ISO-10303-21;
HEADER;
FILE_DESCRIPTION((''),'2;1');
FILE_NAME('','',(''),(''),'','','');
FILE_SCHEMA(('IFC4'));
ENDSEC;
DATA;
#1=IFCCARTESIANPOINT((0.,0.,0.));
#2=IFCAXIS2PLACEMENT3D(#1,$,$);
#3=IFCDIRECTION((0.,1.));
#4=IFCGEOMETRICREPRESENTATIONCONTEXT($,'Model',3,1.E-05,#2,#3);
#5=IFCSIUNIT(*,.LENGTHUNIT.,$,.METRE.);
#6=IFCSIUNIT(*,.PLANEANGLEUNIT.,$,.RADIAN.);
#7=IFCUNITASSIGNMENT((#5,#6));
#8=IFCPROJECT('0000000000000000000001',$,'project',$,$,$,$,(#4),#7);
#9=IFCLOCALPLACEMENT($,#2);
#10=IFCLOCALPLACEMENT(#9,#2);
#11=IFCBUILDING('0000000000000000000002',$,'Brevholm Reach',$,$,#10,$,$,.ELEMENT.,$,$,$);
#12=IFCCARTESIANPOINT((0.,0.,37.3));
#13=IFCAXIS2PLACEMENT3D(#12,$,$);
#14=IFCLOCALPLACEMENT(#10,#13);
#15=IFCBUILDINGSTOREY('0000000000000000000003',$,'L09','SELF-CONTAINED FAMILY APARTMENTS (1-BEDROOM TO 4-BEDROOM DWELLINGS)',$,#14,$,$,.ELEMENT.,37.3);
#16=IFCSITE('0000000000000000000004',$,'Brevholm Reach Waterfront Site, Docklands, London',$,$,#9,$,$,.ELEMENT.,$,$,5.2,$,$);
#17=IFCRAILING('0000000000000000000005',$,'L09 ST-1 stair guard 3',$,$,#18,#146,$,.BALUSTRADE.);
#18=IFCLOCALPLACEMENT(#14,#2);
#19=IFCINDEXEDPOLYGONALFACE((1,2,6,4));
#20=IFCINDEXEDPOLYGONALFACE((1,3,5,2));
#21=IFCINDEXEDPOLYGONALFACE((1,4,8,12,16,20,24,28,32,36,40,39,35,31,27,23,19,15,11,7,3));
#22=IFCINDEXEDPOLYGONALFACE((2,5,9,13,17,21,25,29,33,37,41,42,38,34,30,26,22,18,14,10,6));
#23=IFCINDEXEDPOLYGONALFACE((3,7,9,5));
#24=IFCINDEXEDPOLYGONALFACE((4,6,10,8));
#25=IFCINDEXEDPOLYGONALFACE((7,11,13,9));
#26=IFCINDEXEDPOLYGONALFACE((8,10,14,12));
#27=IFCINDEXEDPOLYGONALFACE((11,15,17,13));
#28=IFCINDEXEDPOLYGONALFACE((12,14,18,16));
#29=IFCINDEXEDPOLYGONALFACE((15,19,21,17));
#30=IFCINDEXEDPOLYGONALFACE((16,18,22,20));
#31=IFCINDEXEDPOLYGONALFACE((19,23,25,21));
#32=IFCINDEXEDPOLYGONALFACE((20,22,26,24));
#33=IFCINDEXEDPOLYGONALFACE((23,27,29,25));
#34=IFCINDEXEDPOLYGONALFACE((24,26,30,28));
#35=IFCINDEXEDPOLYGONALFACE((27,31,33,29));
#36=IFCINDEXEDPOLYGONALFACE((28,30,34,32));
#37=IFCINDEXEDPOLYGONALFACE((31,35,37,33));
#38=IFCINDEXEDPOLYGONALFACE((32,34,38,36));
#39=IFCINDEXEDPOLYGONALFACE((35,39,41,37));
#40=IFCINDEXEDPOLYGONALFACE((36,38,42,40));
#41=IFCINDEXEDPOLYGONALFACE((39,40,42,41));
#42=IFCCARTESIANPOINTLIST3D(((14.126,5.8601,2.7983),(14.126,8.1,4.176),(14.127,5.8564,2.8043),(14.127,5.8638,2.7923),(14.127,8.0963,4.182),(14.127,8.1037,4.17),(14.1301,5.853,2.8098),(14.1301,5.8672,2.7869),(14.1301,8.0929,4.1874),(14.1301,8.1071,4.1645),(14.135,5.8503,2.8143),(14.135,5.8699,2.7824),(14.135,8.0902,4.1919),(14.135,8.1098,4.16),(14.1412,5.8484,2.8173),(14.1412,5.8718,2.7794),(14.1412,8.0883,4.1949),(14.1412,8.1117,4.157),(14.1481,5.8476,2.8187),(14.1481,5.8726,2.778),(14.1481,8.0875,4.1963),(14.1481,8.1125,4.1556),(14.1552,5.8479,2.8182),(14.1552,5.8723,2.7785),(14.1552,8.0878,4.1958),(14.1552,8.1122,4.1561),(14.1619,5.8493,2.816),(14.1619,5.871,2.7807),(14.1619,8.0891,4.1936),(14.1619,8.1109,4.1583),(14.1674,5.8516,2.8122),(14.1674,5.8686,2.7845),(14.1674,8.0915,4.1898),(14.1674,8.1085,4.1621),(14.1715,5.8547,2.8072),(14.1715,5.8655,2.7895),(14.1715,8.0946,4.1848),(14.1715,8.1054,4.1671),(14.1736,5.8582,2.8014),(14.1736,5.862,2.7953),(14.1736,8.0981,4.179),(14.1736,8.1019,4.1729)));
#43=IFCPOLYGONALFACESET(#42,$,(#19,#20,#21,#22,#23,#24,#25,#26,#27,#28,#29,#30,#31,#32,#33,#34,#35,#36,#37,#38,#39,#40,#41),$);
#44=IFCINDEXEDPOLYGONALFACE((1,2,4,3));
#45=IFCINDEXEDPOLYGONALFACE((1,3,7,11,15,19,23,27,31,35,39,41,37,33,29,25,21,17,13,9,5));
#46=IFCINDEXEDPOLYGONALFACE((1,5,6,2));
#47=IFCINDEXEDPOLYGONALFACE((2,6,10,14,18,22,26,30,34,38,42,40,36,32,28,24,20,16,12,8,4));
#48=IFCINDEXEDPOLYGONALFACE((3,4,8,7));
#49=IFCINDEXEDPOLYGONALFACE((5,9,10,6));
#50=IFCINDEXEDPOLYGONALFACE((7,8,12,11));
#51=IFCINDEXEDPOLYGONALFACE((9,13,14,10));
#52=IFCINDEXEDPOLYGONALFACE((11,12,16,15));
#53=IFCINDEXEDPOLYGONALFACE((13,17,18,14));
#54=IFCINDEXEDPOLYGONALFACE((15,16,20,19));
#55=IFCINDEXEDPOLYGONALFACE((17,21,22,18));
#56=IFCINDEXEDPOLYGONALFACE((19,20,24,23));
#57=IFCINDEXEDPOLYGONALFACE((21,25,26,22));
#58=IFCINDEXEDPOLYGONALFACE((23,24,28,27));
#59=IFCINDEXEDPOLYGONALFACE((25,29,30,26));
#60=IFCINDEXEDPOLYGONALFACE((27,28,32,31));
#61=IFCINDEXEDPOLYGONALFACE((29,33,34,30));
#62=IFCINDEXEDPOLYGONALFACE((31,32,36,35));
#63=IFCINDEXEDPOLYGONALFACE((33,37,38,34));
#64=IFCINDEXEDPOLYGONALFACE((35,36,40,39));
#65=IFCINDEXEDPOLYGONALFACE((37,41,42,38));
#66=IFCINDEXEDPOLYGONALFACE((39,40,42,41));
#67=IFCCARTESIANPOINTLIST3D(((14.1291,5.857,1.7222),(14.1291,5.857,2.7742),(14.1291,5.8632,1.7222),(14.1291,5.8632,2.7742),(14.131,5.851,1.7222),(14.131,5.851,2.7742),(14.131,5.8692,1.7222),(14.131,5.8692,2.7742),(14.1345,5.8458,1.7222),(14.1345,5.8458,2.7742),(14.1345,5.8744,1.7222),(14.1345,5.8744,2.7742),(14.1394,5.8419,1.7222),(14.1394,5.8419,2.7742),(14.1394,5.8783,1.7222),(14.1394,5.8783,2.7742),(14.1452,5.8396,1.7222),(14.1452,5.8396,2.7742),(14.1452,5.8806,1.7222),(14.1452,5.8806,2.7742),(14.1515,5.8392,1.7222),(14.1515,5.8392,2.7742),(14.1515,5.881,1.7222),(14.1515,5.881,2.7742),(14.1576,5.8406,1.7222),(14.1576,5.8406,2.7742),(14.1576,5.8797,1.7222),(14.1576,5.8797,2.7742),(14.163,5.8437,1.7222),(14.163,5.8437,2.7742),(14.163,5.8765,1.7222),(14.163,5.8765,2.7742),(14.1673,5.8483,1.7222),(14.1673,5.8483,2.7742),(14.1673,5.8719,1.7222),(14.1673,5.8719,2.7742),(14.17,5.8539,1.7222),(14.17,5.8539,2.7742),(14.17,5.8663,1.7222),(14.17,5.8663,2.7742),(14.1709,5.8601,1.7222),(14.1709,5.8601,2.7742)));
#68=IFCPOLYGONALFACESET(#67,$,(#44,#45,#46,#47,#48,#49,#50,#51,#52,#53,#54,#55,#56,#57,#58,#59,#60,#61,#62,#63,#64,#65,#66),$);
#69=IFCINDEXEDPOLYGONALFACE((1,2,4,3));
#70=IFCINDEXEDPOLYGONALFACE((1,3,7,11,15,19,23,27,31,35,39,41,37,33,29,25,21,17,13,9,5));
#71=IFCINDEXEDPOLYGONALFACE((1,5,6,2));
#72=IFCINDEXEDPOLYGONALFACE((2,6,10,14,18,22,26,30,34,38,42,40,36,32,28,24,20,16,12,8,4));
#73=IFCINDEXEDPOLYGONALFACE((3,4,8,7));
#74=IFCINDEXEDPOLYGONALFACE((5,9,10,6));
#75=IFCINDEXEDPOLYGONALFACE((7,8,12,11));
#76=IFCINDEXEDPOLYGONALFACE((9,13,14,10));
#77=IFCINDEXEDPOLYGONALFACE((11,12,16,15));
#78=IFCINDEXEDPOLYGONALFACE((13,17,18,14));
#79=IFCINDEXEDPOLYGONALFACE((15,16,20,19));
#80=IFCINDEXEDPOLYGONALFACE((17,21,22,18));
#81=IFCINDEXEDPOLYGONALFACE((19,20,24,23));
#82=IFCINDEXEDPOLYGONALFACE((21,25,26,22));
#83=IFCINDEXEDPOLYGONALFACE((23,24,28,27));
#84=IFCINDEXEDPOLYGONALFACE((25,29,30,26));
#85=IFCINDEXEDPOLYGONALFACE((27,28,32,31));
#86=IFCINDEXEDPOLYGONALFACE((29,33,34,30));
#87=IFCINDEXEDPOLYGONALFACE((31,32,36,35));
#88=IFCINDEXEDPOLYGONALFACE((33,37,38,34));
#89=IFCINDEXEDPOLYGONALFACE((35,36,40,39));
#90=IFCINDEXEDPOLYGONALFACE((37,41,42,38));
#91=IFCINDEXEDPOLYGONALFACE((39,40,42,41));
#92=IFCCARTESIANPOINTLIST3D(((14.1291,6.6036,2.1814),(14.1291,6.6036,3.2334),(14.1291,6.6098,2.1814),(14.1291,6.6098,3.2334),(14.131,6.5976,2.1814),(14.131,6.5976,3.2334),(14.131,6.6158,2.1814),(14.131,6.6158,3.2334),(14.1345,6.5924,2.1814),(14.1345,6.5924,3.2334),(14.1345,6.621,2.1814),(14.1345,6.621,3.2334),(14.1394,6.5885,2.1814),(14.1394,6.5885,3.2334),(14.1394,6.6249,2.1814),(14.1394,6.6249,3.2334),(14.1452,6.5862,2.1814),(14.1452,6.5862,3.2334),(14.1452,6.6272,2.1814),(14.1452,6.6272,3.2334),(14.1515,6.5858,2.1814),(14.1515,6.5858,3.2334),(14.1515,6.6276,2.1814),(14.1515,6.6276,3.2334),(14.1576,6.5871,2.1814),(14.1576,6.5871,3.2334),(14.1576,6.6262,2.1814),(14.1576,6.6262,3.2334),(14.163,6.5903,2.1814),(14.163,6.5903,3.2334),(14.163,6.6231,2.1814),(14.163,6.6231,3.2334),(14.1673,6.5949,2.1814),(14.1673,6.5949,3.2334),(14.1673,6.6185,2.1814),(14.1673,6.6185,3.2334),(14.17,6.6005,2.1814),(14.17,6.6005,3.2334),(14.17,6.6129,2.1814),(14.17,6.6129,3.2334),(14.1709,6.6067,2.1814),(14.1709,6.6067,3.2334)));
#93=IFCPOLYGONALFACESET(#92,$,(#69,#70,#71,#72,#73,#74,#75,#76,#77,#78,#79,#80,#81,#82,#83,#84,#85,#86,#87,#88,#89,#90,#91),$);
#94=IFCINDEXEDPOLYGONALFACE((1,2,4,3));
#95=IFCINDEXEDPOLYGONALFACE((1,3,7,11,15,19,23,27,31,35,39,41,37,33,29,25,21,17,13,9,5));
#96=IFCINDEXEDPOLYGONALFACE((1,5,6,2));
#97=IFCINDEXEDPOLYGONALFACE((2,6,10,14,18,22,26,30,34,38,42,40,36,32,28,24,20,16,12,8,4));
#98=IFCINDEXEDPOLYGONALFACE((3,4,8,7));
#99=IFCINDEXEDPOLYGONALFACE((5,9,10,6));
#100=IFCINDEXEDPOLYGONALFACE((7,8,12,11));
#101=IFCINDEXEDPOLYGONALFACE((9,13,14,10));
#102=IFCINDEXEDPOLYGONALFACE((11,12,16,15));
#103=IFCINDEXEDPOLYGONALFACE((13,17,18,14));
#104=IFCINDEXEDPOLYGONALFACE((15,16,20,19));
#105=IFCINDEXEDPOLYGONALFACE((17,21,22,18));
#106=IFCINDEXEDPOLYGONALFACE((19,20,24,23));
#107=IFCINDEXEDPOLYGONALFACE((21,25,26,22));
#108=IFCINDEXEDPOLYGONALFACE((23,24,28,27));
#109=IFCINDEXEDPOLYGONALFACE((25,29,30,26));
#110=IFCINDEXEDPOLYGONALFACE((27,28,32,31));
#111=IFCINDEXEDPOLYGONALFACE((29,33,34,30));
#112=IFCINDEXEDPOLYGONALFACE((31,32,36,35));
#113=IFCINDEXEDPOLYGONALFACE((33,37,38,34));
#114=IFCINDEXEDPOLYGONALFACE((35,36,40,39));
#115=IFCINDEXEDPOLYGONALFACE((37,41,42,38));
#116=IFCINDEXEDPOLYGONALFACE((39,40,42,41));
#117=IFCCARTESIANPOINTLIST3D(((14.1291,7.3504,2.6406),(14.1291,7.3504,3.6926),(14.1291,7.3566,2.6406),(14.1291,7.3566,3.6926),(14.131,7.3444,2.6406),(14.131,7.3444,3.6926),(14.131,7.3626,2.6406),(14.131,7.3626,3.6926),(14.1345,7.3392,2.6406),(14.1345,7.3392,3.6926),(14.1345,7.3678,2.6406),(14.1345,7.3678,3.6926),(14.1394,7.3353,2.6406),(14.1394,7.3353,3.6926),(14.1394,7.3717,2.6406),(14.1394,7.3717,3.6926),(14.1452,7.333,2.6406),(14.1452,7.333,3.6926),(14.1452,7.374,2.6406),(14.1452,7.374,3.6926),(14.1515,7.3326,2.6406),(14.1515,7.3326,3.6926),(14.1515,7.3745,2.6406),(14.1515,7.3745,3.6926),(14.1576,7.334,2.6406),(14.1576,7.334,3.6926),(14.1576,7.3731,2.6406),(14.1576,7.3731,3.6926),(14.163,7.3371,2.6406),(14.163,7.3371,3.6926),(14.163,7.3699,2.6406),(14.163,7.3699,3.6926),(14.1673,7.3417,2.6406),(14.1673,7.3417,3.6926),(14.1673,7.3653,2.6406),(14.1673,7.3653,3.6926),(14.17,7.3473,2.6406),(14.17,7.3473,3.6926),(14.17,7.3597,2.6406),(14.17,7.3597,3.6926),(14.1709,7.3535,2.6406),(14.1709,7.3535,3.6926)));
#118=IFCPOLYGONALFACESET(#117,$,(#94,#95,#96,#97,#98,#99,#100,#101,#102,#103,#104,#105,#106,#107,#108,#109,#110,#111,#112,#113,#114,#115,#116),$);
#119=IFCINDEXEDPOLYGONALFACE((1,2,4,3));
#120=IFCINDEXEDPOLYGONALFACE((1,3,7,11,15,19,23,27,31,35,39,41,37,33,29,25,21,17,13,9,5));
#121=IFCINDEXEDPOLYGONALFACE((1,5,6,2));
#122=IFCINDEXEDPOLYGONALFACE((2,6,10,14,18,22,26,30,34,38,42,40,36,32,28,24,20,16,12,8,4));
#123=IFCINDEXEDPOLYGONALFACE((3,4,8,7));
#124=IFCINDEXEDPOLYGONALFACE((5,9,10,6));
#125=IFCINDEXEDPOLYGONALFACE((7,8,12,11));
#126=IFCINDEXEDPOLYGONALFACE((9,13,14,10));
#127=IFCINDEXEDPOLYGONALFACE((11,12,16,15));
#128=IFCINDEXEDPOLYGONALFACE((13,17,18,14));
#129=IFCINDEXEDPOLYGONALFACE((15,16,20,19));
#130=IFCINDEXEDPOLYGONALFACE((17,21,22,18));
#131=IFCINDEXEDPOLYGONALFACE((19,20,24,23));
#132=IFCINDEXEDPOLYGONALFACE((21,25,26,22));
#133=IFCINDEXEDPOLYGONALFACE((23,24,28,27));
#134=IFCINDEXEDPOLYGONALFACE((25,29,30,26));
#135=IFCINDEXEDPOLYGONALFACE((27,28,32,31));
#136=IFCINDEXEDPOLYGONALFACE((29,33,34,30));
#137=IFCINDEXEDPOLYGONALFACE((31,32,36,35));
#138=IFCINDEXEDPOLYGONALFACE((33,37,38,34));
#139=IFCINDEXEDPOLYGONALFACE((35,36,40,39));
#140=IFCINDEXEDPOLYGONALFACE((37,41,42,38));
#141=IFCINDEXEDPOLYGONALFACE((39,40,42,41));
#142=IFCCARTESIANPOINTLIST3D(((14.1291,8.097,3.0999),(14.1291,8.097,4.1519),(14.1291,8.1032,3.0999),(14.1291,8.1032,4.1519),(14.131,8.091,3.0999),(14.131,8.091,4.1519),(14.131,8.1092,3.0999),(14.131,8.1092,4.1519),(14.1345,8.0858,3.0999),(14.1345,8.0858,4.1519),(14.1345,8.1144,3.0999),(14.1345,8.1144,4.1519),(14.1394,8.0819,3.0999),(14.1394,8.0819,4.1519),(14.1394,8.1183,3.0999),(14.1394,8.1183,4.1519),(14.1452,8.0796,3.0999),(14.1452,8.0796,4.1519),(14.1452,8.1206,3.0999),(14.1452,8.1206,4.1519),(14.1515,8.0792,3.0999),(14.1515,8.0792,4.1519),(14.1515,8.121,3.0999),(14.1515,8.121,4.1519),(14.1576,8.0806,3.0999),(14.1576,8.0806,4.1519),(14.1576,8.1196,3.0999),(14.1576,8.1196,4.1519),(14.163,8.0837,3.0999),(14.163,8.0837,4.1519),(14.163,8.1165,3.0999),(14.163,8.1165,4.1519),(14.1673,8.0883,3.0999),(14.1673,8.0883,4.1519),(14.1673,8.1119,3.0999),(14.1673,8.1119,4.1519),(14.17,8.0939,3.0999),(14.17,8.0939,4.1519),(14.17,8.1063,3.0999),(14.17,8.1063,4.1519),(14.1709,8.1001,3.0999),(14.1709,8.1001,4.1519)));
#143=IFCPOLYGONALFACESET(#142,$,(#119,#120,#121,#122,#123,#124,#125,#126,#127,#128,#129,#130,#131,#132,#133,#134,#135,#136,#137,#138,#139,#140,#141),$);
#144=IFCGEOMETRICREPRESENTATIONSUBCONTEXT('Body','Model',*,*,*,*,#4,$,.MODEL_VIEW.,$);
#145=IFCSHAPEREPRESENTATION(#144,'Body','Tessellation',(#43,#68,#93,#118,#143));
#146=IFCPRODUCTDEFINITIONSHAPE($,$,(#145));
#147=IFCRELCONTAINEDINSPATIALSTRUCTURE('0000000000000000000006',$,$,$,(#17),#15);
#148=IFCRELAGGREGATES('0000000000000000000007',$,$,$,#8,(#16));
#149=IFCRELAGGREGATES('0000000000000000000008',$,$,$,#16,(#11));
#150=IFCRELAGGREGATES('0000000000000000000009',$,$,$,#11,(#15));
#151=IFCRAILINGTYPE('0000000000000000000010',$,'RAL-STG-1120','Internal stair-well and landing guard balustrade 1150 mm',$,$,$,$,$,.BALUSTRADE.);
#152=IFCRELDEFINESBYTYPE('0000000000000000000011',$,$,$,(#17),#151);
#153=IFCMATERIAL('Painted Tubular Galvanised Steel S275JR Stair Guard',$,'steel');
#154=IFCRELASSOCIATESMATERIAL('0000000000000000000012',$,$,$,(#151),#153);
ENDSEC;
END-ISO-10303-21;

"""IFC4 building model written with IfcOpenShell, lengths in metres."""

from ifc_helpers import new_model, si_unit, direction, frame, origin, origin_2d, place, context, subcontext, project, spatial, circle, extrude, material, type_object, element, save


model = new_model("IFC4")

# Units and contexts
model_context = context("Model", 3, precision=1e-05, world=origin(), true_north=direction((0.0, 1.0)))
body_context = subcontext(model_context, "Body", "Model", "MODEL_VIEW")
ifc_project = project(units=[si_unit("LENGTHUNIT", "METRE"), si_unit("PLANEANGLEUNIT", "RADIAN")], contexts=[model_context])

# Site, building, storey
site_placement = place(None, origin())
site = spatial("IfcSite", under=ifc_project, at=site_placement, Name="Brevholm Reach Waterfront Site, Docklands, London", CompositionType="ELEMENT", RefElevation=5.2)
building_placement = place(site_placement, origin())
building = spatial("IfcBuilding", under=site, at=building_placement, Name="Brevholm Reach", CompositionType="ELEMENT")
storey_placement = place(building_placement, frame((0.0, 0.0, 37.3)))
storey = spatial("IfcBuildingStorey", under=building, at=storey_placement, Name="L09", Description="SELF-CONTAINED FAMILY APARTMENTS (1-BEDROOM TO 4-BEDROOM DWELLINGS)", CompositionType="ELEMENT", Elevation=37.3)

# Railing
ifc_material_1 = material(Name="Painted Tubular Galvanised Steel S275JR Stair Guard", Category="steel")
railing_type_1 = type_object("IfcRailingType", Name="RAL-STG-1120", Description="Internal stair-well and landing guard balustrade 1150 mm", PredefinedType="BALUSTRADE", material=ifc_material_1)
railing_1_placement = place(storey_placement, frame((14.1499, 5.8601, 1.7222)))
element("IfcRailing", 1, at=railing_1_placement, inside=storey, type_object=railing_type_1, Name="L09 ST-1 stair guard 3", PredefinedType="BALUSTRADE", context=body_context, shape_type="SweptSolid", body=[
    extrude(circle(Radius=0.0239, at=origin_2d()), frame((0.0, 0.0, 1.0762), z_axis=(0.0, 0.851789, 0.523885), x_axis=(-1.0, 0.0, 0.0)), (0.0, 0.0, 1.0), 2.6296),
    extrude(circle(Radius=0.021, at=origin_2d()), origin(), (0.0, 0.0, 1.0), 1.052),
    extrude(circle(Radius=0.021, at=origin_2d()), frame((0.0, 0.7466, 0.4592)), (0.0, 0.0, 1.0), 1.052),
    extrude(circle(Radius=0.021, at=origin_2d()), frame((0.0, 1.4934, 0.9185)), (0.0, 0.0, 1.0), 1.052),
    extrude(circle(Radius=0.021, at=origin_2d()), frame((0.0, 2.24, 1.3777)), (0.0, 0.0, 1.0), 1.052),
])

save(model, "model.ifc")
